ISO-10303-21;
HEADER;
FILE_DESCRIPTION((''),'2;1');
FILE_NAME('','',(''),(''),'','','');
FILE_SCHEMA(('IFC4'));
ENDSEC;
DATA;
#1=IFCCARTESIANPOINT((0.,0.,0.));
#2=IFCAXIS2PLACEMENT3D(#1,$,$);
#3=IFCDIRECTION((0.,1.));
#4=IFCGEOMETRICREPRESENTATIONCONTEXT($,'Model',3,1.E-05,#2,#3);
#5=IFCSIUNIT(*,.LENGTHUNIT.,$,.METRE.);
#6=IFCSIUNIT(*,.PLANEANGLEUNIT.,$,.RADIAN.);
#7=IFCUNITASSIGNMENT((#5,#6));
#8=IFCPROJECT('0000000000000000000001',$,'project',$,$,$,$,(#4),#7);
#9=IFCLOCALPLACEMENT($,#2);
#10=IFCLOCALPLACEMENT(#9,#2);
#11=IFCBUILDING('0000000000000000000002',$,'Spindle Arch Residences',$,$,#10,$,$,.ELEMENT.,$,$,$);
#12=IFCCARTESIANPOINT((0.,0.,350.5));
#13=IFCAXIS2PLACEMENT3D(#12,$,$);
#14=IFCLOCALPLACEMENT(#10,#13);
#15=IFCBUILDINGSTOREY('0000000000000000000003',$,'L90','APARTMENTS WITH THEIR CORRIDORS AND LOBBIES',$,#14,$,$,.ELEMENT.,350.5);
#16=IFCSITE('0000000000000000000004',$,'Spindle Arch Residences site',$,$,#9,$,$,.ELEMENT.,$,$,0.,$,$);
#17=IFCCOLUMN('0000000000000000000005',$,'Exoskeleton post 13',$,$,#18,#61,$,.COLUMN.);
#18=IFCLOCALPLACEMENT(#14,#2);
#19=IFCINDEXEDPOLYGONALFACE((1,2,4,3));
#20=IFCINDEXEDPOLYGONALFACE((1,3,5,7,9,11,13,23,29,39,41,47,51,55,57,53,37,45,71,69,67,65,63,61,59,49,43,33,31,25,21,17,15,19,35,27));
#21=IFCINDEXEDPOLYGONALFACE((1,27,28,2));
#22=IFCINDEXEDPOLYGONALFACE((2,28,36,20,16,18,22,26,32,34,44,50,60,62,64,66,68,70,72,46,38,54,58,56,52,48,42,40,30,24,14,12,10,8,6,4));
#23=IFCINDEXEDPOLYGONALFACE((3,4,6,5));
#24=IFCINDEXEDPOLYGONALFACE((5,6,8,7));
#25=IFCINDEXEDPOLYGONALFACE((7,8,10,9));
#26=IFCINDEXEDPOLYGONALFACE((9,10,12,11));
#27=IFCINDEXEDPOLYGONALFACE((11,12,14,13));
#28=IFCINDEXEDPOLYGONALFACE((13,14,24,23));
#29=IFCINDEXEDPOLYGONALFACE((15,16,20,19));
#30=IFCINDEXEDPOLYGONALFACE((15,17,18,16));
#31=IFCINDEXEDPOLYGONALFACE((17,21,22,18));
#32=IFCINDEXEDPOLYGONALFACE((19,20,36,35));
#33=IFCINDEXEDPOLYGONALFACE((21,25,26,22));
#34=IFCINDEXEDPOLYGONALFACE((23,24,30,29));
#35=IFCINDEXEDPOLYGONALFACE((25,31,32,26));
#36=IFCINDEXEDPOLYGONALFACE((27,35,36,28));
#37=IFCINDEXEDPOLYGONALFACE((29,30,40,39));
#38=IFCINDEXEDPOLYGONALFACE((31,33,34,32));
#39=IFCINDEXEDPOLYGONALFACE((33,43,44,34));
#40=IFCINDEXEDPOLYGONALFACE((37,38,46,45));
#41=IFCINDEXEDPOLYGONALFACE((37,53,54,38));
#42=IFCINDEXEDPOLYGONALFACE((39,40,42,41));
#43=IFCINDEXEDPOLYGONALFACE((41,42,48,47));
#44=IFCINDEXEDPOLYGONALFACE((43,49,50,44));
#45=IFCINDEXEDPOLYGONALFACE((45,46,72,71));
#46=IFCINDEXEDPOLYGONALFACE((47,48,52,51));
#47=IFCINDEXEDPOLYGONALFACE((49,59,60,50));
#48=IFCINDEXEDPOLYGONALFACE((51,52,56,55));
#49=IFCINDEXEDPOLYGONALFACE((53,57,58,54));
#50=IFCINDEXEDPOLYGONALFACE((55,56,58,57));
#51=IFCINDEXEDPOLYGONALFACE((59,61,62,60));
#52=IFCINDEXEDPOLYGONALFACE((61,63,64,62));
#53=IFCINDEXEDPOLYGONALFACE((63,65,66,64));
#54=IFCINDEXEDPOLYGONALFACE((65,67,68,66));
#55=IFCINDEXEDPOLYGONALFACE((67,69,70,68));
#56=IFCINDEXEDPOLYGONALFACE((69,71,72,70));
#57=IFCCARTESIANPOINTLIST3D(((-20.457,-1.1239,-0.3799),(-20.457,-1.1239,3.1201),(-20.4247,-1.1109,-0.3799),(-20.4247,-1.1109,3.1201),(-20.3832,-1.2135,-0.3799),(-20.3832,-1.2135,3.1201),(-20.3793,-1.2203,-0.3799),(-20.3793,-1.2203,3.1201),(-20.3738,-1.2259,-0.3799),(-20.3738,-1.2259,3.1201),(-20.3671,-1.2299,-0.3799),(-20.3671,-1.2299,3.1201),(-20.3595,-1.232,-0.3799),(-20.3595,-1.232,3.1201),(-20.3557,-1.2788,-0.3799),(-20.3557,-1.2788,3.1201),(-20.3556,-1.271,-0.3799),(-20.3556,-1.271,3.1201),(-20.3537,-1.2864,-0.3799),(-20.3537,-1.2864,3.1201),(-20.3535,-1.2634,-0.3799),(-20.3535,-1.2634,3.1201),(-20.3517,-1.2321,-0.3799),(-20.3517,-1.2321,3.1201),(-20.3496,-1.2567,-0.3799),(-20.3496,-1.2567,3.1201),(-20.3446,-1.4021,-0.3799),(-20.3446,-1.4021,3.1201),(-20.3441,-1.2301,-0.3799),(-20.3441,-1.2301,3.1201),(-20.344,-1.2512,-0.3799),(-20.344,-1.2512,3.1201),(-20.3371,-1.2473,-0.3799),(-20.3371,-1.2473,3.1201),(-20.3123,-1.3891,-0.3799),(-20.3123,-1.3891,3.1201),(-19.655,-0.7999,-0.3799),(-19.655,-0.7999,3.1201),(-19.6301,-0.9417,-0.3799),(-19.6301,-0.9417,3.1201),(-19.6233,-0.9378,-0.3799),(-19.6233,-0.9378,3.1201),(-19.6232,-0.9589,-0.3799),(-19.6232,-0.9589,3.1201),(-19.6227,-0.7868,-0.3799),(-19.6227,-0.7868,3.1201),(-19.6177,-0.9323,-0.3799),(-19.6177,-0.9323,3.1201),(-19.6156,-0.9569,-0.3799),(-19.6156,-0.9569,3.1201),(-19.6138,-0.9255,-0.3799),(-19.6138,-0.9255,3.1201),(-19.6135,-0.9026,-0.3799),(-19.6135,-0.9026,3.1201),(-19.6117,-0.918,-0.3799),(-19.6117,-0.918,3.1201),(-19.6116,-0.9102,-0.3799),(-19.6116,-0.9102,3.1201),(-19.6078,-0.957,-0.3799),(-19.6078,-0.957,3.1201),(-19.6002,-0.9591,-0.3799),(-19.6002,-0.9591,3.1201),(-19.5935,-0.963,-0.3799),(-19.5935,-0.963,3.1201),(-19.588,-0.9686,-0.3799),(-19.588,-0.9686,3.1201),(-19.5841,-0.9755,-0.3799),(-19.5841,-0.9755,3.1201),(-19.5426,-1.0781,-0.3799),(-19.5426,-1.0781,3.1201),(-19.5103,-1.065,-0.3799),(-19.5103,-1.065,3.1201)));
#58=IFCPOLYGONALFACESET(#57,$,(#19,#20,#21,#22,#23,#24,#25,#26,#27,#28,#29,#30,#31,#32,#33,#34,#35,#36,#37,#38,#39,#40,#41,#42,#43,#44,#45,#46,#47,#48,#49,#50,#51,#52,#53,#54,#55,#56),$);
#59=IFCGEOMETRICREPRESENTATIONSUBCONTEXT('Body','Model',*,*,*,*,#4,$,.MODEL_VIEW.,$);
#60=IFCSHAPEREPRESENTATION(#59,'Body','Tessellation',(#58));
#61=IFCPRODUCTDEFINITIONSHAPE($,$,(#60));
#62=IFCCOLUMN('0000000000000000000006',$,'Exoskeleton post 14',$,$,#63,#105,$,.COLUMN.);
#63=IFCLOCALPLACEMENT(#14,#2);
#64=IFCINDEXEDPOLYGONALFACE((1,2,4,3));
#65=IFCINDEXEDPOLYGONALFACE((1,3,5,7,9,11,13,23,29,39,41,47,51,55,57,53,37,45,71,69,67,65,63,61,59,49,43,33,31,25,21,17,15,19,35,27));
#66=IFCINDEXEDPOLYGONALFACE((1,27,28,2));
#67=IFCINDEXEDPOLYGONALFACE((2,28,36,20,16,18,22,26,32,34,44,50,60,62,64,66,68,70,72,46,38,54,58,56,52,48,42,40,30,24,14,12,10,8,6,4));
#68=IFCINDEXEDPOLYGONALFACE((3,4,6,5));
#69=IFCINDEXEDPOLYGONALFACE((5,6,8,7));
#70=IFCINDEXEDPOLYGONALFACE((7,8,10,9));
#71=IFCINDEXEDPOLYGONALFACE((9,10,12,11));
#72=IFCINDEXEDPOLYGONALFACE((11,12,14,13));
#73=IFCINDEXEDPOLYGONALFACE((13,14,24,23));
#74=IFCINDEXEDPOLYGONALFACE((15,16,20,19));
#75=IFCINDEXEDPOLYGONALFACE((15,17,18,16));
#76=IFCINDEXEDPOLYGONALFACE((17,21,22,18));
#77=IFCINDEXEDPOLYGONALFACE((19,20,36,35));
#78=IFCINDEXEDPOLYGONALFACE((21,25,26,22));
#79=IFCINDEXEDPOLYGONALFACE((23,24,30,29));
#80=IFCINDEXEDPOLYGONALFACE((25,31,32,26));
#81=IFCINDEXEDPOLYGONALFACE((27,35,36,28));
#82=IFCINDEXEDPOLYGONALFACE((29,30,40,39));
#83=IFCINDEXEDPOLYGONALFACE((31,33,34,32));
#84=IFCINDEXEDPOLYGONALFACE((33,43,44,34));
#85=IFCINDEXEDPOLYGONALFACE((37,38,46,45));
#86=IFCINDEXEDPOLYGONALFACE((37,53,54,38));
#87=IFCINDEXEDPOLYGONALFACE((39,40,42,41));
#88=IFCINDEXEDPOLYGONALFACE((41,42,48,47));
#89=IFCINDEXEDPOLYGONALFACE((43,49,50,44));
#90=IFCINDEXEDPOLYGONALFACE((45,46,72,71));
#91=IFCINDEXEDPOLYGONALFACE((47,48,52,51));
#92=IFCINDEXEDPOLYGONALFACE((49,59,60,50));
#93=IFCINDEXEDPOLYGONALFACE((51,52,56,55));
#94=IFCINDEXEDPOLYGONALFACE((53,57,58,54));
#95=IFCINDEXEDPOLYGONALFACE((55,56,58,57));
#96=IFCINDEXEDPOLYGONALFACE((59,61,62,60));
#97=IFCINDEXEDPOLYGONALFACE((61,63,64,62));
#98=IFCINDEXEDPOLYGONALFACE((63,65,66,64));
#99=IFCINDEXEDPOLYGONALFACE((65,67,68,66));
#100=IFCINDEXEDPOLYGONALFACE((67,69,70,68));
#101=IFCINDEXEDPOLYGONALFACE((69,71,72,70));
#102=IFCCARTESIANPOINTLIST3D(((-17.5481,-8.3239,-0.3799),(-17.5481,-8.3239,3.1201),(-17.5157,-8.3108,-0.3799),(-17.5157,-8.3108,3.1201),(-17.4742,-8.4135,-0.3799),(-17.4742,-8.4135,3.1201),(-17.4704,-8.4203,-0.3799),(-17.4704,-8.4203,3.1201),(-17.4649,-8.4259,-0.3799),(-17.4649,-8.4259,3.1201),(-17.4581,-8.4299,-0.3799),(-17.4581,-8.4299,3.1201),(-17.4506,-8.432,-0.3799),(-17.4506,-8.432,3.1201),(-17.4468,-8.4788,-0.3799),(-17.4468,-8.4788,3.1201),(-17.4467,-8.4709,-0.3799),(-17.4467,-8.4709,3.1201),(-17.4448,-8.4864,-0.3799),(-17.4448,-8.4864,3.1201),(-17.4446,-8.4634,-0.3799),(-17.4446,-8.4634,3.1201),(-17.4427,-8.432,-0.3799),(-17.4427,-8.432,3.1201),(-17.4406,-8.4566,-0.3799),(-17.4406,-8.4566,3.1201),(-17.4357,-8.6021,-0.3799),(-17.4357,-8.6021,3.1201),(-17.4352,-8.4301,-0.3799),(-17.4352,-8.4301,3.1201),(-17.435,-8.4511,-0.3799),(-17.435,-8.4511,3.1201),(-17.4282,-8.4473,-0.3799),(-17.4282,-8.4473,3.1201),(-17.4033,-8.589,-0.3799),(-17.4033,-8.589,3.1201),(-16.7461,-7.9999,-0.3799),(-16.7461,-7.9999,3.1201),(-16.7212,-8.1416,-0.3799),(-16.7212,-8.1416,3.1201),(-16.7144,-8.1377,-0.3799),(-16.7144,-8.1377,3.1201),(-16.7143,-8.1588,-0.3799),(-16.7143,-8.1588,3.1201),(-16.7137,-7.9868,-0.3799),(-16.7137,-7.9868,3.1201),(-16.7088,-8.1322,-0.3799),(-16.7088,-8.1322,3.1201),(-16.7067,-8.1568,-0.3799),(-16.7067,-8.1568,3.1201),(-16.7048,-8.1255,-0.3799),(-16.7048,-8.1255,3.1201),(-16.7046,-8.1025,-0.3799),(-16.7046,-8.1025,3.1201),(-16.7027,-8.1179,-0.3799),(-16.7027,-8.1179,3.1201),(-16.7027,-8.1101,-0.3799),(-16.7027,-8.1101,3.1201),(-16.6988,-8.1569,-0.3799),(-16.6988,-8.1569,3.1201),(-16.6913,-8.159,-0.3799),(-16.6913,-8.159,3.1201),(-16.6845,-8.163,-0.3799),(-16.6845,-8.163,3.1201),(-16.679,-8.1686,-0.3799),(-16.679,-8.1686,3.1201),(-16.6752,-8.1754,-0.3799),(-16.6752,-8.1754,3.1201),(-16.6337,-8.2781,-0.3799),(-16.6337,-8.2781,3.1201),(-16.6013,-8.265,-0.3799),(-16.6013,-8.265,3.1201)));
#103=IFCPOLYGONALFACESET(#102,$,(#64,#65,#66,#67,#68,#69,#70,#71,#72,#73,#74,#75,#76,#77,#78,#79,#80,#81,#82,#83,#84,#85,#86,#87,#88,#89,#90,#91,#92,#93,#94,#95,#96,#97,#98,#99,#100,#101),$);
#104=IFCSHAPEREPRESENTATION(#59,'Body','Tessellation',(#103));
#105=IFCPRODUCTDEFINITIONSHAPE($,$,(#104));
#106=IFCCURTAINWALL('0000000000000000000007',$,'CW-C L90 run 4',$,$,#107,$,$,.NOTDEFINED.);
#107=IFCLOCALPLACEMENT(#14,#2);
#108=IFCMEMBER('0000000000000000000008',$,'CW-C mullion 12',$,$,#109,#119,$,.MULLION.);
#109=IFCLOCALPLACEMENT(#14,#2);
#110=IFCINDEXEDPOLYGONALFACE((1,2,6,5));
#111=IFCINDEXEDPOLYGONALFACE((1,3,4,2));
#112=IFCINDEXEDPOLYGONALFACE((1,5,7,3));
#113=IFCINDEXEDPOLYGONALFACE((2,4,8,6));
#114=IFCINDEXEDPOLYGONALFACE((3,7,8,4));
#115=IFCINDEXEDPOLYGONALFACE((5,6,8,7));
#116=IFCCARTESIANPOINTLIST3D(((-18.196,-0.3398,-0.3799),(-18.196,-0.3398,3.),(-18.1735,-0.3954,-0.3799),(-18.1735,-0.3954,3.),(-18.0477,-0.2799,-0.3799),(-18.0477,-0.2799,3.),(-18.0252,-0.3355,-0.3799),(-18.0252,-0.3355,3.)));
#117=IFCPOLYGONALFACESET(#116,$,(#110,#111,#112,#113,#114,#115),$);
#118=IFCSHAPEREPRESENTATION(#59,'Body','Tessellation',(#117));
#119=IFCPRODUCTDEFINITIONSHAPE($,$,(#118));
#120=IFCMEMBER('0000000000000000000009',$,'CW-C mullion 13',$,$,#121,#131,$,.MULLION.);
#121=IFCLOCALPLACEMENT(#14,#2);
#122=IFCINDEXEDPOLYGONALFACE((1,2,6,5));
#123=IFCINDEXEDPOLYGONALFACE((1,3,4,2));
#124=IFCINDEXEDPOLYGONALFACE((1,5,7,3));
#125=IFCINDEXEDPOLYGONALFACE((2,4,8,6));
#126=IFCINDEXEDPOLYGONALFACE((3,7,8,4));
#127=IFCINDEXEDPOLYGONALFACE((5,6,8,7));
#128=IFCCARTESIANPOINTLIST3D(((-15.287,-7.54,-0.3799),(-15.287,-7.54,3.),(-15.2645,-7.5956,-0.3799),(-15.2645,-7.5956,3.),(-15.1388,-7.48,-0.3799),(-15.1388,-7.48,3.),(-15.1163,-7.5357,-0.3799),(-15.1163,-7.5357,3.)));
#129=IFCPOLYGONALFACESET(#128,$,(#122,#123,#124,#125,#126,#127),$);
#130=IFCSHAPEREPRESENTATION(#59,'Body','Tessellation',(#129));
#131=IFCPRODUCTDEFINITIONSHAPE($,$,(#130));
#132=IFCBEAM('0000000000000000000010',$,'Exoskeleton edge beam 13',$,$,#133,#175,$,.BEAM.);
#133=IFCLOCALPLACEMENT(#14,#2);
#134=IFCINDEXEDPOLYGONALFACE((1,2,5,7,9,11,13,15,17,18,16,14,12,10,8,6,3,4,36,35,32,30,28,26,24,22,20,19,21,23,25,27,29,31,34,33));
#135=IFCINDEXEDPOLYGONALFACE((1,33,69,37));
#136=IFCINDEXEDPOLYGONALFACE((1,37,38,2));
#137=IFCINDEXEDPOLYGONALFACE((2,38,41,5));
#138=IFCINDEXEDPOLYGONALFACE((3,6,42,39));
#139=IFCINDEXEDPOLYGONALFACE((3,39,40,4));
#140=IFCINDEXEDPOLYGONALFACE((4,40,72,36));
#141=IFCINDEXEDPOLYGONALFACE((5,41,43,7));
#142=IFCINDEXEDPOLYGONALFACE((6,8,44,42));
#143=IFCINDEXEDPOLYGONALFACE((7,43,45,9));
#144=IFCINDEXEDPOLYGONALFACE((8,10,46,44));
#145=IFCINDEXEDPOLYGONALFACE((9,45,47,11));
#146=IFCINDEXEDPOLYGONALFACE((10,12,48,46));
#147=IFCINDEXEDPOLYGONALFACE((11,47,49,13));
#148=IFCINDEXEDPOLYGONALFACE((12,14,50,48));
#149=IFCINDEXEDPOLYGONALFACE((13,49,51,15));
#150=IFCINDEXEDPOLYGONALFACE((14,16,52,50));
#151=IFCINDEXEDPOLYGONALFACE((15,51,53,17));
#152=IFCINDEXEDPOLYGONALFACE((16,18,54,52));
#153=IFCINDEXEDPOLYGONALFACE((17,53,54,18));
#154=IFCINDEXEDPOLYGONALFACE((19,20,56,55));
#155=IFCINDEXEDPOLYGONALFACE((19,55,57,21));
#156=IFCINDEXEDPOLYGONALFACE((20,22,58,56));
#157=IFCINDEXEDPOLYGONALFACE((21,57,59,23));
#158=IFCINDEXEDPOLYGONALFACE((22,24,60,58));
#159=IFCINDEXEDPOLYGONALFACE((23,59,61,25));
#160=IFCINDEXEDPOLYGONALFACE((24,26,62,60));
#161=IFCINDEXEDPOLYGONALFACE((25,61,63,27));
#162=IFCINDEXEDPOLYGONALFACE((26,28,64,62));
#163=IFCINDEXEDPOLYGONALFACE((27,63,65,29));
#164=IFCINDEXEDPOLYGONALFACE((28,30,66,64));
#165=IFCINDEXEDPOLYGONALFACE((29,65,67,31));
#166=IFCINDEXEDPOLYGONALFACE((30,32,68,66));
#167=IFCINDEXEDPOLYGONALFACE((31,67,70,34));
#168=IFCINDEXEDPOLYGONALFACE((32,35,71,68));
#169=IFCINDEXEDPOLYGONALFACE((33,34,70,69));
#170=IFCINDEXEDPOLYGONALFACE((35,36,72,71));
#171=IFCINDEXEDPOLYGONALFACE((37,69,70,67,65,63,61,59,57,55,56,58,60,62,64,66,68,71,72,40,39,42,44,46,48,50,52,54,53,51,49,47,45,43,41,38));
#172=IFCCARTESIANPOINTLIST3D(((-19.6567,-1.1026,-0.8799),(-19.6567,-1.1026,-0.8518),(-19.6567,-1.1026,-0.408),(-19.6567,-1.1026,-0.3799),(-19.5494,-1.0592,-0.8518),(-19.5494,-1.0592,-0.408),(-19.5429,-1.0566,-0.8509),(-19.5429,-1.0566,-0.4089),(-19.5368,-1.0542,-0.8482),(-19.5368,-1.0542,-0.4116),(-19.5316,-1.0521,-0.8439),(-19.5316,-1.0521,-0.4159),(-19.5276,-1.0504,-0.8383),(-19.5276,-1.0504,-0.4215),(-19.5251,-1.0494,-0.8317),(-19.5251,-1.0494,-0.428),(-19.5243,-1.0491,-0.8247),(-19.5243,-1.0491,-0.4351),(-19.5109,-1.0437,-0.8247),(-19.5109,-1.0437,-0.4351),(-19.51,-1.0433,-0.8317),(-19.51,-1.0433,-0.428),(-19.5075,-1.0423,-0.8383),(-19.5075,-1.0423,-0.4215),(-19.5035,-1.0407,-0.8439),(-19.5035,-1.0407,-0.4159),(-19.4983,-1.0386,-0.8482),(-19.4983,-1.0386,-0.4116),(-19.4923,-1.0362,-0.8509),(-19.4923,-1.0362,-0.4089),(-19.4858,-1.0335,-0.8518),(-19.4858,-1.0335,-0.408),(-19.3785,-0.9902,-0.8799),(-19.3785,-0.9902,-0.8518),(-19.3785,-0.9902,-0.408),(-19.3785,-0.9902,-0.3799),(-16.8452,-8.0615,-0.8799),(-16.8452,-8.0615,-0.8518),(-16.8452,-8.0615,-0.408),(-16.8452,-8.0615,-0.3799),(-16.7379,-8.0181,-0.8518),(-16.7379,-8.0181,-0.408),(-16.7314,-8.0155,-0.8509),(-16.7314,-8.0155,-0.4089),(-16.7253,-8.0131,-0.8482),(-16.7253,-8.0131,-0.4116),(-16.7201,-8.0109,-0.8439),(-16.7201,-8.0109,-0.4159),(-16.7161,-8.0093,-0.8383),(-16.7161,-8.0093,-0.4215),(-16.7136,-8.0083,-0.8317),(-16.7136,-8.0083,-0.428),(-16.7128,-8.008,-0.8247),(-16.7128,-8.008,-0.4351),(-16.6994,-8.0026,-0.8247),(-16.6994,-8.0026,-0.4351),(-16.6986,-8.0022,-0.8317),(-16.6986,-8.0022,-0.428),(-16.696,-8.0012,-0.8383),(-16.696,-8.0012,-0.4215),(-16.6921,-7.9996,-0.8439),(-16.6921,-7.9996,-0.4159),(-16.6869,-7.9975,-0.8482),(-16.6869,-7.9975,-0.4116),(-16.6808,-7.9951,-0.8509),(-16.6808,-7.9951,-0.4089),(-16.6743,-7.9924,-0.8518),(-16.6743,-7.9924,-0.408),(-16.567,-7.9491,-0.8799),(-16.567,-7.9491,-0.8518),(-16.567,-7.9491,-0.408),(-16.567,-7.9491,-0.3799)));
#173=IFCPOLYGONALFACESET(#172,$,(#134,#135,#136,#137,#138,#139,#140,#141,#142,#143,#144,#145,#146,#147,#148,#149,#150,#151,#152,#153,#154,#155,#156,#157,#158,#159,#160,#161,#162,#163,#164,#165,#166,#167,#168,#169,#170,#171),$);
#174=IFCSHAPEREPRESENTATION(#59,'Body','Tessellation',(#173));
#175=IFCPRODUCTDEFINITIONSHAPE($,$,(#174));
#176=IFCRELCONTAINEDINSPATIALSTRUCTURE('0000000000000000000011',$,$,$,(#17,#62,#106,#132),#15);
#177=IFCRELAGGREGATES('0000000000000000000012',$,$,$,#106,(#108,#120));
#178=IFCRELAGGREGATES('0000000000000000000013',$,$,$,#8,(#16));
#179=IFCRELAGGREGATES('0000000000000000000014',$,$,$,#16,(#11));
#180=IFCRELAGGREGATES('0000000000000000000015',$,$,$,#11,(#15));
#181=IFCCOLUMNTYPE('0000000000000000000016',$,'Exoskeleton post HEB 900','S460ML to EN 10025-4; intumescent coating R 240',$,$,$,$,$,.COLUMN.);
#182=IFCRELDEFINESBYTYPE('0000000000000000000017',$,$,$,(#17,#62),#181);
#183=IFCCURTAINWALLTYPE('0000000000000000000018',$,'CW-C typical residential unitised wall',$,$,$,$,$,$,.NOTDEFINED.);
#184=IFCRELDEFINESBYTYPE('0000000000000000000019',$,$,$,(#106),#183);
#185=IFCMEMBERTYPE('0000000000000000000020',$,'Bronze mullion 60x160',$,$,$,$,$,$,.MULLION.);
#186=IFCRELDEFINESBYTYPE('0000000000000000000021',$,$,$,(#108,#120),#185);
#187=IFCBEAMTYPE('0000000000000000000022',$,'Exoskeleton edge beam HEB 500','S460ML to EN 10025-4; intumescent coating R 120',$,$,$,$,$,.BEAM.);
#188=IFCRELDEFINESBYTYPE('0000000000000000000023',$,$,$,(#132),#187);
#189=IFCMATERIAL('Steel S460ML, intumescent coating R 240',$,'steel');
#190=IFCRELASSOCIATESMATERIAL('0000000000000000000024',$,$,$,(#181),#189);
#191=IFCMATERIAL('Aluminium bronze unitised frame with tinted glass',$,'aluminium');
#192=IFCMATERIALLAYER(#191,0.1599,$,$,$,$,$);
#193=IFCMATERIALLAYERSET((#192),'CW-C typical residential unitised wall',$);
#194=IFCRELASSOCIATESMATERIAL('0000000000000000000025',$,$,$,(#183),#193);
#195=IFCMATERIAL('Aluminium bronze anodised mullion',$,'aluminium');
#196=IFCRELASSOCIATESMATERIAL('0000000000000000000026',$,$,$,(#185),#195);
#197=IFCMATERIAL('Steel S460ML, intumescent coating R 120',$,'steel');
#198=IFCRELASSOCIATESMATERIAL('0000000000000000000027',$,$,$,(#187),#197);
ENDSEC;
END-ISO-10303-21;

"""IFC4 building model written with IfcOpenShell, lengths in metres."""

from ifc_helpers import new_model, si_unit, direction, frame, origin, origin_2d, place, context, subcontext, project, spatial, rectangle, i_section, extrude, material, layer, layer_set, material_profile, profile_set, type_object, element, aggregate, save


model = new_model("IFC4")

# Units and contexts
model_context = context("Model", 3, precision=1e-05, world=origin(), true_north=direction((0.0, 1.0)))
body_context = subcontext(model_context, "Body", "Model", "MODEL_VIEW")
ifc_project = project(units=[si_unit("LENGTHUNIT", "METRE"), si_unit("PLANEANGLEUNIT", "RADIAN")], contexts=[model_context])

# Site, building, storey
site_placement = place(None, origin())
site = spatial("IfcSite", under=ifc_project, at=site_placement, Name="Spindle Arch Residences site", CompositionType="ELEMENT", RefElevation=0.0)
building_placement = place(site_placement, origin())
building = spatial("IfcBuilding", under=site, at=building_placement, Name="Spindle Arch Residences", CompositionType="ELEMENT")
storey_placement = place(building_placement, frame((0.0, 0.0, 350.5)))
storey = spatial("IfcBuildingStorey", under=building, at=storey_placement, Name="L90", Description="APARTMENTS WITH THEIR CORRIDORS AND LOBBIES", CompositionType="ELEMENT", Elevation=350.5)

# Columns
ifc_material_1 = material(Name="Steel S460ML, intumescent coating R 240", Category="steel")
ifc_material_profile_1 = material_profile(ifc_material_1, i_section(OverallWidth=0.3, OverallDepth=0.8999, WebThickness=0.0186, FlangeThickness=0.0349, FilletRadius=0.03, at=origin_2d()), Name="HEB 900")
ifc_profile_set_1 = profile_set([ifc_material_profile_1], Name="Steel S460ML, intumescent coating R 240")
column_type = type_object("IfcColumnType", Name="Exoskeleton post HEB 900", Description="S460ML to EN 10025-4; intumescent coating R 240", PredefinedType="COLUMN", material=ifc_profile_set_1)
for number, where, z_axis, x_axis, name in (
    (1, (-19.9836, -1.0945, -0.3799), (0.0, 0.0, 1.0), (-0.374607, 0.927184, 0.0), "Exoskeleton post 13"),
    (2, (-17.0747, -8.2944, -0.3799), (0.0, 0.0, 1.0), (-0.374607, 0.927184, 0.0), "Exoskeleton post 14"),
):
    element("IfcColumn", number, at=place(storey_placement, frame(where, z_axis=z_axis, x_axis=x_axis)), inside=storey, type_object=column_type, Name=name, PredefinedType="COLUMN", context=body_context, shape_type="SweptSolid", body=[
        extrude(i_section(OverallWidth=0.3, OverallDepth=0.8999, WebThickness=0.0186, FlangeThickness=0.0349, FilletRadius=0.03, at=origin_2d()), origin(), (0.0, 0.0, 1.0), 3.5),
    ])

# Curtain wall, members
ifc_material_2 = material(Name="Aluminium bronze unitised frame with tinted glass", Category="aluminium")
ifc_layer_1 = layer(ifc_material_2, 0.1599)
ifc_layer_set_1 = layer_set([ifc_layer_1], Name="CW-C typical residential unitised wall")
curtain_wall_type = type_object("IfcCurtainWallType", Name="CW-C typical residential unitised wall", PredefinedType="NOTDEFINED", material=ifc_layer_set_1)
curtain_wall_placement = place(storey_placement, origin())
curtain_wall = element("IfcCurtainWall", 3, at=curtain_wall_placement, inside=storey, type_object=curtain_wall_type, Name="CW-C L90 run 4", PredefinedType="NOTDEFINED")
ifc_material_3 = material(Name="Aluminium bronze anodised mullion", Category="aluminium")
ifc_material_profile_2 = material_profile(ifc_material_3, rectangle(XDim=0.1599, YDim=0.0601, at=origin_2d()), Name="MU 60x160")
ifc_profile_set_2 = profile_set([ifc_material_profile_2], Name="Aluminium bronze anodised mullion")
member_type = type_object("IfcMemberType", Name="Bronze mullion 60x160", PredefinedType="MULLION", material=ifc_profile_set_2)
member_1_placement = place(storey_placement, frame((-18.1106, -0.3376, -0.3799), z_axis=(0.0, 0.0, 1.0), x_axis=(0.927184, 0.374607, 0.0)))
member_1 = element("IfcMember", 4, at=member_1_placement, type_object=member_type, Name="CW-C mullion 12", PredefinedType="MULLION", context=body_context, shape_type="SweptSolid", body=[
    extrude(rectangle(XDim=0.1599, YDim=0.0601, at=origin_2d()), origin(), (0.0, 0.0, 1.0), 3.3799),
])
member_2_placement = place(storey_placement, frame((-15.2017, -7.5378, -0.3799), z_axis=(0.0, 0.0, 1.0), x_axis=(0.927184, 0.374607, 0.0)))
member_2 = element("IfcMember", 5, at=member_2_placement, type_object=member_type, Name="CW-C mullion 13", PredefinedType="MULLION", context=body_context, shape_type="SweptSolid", body=[
    extrude(rectangle(XDim=0.1599, YDim=0.0601, at=origin_2d()), origin(), (0.0, 0.0, 1.0), 3.3799),
])

# Beam
ifc_material_4 = material(Name="Steel S460ML, intumescent coating R 120", Category="steel")
ifc_material_profile_3 = material_profile(ifc_material_4, i_section(OverallWidth=0.3, OverallDepth=0.5, WebThickness=0.0144, FlangeThickness=0.0281, FilletRadius=0.0271, at=origin_2d()), Name="HEB 500")
ifc_profile_set_3 = profile_set([ifc_material_profile_3], Name="Steel S460ML, intumescent coating R 120")
beam_type_1 = type_object("IfcBeamType", Name="Exoskeleton edge beam HEB 500", Description="S460ML to EN 10025-4; intumescent coating R 120", PredefinedType="BEAM", material=ifc_profile_set_3)
for number, where, z_axis, x_axis, name in (
    (6, (-19.5176, -1.0464, -0.6299), (0.374596, -0.927188, 0.0), (0.927188, 0.374596, 0.0), "Exoskeleton edge beam 13"),
):
    element("IfcBeam", number, at=place(storey_placement, frame(where, z_axis=z_axis, x_axis=x_axis)), inside=storey, type_object=beam_type_1, Name=name, PredefinedType="BEAM", context=body_context, shape_type="SweptSolid", body=[
        extrude(i_section(OverallWidth=0.3, OverallDepth=0.5, WebThickness=0.0144, FlangeThickness=0.0281, FilletRadius=0.0271, at=origin_2d()), origin(), (0.0, 0.0, 1.0), 7.5054),
    ])

aggregate(curtain_wall, [member_1, member_2])

save(model, "model.ifc")
